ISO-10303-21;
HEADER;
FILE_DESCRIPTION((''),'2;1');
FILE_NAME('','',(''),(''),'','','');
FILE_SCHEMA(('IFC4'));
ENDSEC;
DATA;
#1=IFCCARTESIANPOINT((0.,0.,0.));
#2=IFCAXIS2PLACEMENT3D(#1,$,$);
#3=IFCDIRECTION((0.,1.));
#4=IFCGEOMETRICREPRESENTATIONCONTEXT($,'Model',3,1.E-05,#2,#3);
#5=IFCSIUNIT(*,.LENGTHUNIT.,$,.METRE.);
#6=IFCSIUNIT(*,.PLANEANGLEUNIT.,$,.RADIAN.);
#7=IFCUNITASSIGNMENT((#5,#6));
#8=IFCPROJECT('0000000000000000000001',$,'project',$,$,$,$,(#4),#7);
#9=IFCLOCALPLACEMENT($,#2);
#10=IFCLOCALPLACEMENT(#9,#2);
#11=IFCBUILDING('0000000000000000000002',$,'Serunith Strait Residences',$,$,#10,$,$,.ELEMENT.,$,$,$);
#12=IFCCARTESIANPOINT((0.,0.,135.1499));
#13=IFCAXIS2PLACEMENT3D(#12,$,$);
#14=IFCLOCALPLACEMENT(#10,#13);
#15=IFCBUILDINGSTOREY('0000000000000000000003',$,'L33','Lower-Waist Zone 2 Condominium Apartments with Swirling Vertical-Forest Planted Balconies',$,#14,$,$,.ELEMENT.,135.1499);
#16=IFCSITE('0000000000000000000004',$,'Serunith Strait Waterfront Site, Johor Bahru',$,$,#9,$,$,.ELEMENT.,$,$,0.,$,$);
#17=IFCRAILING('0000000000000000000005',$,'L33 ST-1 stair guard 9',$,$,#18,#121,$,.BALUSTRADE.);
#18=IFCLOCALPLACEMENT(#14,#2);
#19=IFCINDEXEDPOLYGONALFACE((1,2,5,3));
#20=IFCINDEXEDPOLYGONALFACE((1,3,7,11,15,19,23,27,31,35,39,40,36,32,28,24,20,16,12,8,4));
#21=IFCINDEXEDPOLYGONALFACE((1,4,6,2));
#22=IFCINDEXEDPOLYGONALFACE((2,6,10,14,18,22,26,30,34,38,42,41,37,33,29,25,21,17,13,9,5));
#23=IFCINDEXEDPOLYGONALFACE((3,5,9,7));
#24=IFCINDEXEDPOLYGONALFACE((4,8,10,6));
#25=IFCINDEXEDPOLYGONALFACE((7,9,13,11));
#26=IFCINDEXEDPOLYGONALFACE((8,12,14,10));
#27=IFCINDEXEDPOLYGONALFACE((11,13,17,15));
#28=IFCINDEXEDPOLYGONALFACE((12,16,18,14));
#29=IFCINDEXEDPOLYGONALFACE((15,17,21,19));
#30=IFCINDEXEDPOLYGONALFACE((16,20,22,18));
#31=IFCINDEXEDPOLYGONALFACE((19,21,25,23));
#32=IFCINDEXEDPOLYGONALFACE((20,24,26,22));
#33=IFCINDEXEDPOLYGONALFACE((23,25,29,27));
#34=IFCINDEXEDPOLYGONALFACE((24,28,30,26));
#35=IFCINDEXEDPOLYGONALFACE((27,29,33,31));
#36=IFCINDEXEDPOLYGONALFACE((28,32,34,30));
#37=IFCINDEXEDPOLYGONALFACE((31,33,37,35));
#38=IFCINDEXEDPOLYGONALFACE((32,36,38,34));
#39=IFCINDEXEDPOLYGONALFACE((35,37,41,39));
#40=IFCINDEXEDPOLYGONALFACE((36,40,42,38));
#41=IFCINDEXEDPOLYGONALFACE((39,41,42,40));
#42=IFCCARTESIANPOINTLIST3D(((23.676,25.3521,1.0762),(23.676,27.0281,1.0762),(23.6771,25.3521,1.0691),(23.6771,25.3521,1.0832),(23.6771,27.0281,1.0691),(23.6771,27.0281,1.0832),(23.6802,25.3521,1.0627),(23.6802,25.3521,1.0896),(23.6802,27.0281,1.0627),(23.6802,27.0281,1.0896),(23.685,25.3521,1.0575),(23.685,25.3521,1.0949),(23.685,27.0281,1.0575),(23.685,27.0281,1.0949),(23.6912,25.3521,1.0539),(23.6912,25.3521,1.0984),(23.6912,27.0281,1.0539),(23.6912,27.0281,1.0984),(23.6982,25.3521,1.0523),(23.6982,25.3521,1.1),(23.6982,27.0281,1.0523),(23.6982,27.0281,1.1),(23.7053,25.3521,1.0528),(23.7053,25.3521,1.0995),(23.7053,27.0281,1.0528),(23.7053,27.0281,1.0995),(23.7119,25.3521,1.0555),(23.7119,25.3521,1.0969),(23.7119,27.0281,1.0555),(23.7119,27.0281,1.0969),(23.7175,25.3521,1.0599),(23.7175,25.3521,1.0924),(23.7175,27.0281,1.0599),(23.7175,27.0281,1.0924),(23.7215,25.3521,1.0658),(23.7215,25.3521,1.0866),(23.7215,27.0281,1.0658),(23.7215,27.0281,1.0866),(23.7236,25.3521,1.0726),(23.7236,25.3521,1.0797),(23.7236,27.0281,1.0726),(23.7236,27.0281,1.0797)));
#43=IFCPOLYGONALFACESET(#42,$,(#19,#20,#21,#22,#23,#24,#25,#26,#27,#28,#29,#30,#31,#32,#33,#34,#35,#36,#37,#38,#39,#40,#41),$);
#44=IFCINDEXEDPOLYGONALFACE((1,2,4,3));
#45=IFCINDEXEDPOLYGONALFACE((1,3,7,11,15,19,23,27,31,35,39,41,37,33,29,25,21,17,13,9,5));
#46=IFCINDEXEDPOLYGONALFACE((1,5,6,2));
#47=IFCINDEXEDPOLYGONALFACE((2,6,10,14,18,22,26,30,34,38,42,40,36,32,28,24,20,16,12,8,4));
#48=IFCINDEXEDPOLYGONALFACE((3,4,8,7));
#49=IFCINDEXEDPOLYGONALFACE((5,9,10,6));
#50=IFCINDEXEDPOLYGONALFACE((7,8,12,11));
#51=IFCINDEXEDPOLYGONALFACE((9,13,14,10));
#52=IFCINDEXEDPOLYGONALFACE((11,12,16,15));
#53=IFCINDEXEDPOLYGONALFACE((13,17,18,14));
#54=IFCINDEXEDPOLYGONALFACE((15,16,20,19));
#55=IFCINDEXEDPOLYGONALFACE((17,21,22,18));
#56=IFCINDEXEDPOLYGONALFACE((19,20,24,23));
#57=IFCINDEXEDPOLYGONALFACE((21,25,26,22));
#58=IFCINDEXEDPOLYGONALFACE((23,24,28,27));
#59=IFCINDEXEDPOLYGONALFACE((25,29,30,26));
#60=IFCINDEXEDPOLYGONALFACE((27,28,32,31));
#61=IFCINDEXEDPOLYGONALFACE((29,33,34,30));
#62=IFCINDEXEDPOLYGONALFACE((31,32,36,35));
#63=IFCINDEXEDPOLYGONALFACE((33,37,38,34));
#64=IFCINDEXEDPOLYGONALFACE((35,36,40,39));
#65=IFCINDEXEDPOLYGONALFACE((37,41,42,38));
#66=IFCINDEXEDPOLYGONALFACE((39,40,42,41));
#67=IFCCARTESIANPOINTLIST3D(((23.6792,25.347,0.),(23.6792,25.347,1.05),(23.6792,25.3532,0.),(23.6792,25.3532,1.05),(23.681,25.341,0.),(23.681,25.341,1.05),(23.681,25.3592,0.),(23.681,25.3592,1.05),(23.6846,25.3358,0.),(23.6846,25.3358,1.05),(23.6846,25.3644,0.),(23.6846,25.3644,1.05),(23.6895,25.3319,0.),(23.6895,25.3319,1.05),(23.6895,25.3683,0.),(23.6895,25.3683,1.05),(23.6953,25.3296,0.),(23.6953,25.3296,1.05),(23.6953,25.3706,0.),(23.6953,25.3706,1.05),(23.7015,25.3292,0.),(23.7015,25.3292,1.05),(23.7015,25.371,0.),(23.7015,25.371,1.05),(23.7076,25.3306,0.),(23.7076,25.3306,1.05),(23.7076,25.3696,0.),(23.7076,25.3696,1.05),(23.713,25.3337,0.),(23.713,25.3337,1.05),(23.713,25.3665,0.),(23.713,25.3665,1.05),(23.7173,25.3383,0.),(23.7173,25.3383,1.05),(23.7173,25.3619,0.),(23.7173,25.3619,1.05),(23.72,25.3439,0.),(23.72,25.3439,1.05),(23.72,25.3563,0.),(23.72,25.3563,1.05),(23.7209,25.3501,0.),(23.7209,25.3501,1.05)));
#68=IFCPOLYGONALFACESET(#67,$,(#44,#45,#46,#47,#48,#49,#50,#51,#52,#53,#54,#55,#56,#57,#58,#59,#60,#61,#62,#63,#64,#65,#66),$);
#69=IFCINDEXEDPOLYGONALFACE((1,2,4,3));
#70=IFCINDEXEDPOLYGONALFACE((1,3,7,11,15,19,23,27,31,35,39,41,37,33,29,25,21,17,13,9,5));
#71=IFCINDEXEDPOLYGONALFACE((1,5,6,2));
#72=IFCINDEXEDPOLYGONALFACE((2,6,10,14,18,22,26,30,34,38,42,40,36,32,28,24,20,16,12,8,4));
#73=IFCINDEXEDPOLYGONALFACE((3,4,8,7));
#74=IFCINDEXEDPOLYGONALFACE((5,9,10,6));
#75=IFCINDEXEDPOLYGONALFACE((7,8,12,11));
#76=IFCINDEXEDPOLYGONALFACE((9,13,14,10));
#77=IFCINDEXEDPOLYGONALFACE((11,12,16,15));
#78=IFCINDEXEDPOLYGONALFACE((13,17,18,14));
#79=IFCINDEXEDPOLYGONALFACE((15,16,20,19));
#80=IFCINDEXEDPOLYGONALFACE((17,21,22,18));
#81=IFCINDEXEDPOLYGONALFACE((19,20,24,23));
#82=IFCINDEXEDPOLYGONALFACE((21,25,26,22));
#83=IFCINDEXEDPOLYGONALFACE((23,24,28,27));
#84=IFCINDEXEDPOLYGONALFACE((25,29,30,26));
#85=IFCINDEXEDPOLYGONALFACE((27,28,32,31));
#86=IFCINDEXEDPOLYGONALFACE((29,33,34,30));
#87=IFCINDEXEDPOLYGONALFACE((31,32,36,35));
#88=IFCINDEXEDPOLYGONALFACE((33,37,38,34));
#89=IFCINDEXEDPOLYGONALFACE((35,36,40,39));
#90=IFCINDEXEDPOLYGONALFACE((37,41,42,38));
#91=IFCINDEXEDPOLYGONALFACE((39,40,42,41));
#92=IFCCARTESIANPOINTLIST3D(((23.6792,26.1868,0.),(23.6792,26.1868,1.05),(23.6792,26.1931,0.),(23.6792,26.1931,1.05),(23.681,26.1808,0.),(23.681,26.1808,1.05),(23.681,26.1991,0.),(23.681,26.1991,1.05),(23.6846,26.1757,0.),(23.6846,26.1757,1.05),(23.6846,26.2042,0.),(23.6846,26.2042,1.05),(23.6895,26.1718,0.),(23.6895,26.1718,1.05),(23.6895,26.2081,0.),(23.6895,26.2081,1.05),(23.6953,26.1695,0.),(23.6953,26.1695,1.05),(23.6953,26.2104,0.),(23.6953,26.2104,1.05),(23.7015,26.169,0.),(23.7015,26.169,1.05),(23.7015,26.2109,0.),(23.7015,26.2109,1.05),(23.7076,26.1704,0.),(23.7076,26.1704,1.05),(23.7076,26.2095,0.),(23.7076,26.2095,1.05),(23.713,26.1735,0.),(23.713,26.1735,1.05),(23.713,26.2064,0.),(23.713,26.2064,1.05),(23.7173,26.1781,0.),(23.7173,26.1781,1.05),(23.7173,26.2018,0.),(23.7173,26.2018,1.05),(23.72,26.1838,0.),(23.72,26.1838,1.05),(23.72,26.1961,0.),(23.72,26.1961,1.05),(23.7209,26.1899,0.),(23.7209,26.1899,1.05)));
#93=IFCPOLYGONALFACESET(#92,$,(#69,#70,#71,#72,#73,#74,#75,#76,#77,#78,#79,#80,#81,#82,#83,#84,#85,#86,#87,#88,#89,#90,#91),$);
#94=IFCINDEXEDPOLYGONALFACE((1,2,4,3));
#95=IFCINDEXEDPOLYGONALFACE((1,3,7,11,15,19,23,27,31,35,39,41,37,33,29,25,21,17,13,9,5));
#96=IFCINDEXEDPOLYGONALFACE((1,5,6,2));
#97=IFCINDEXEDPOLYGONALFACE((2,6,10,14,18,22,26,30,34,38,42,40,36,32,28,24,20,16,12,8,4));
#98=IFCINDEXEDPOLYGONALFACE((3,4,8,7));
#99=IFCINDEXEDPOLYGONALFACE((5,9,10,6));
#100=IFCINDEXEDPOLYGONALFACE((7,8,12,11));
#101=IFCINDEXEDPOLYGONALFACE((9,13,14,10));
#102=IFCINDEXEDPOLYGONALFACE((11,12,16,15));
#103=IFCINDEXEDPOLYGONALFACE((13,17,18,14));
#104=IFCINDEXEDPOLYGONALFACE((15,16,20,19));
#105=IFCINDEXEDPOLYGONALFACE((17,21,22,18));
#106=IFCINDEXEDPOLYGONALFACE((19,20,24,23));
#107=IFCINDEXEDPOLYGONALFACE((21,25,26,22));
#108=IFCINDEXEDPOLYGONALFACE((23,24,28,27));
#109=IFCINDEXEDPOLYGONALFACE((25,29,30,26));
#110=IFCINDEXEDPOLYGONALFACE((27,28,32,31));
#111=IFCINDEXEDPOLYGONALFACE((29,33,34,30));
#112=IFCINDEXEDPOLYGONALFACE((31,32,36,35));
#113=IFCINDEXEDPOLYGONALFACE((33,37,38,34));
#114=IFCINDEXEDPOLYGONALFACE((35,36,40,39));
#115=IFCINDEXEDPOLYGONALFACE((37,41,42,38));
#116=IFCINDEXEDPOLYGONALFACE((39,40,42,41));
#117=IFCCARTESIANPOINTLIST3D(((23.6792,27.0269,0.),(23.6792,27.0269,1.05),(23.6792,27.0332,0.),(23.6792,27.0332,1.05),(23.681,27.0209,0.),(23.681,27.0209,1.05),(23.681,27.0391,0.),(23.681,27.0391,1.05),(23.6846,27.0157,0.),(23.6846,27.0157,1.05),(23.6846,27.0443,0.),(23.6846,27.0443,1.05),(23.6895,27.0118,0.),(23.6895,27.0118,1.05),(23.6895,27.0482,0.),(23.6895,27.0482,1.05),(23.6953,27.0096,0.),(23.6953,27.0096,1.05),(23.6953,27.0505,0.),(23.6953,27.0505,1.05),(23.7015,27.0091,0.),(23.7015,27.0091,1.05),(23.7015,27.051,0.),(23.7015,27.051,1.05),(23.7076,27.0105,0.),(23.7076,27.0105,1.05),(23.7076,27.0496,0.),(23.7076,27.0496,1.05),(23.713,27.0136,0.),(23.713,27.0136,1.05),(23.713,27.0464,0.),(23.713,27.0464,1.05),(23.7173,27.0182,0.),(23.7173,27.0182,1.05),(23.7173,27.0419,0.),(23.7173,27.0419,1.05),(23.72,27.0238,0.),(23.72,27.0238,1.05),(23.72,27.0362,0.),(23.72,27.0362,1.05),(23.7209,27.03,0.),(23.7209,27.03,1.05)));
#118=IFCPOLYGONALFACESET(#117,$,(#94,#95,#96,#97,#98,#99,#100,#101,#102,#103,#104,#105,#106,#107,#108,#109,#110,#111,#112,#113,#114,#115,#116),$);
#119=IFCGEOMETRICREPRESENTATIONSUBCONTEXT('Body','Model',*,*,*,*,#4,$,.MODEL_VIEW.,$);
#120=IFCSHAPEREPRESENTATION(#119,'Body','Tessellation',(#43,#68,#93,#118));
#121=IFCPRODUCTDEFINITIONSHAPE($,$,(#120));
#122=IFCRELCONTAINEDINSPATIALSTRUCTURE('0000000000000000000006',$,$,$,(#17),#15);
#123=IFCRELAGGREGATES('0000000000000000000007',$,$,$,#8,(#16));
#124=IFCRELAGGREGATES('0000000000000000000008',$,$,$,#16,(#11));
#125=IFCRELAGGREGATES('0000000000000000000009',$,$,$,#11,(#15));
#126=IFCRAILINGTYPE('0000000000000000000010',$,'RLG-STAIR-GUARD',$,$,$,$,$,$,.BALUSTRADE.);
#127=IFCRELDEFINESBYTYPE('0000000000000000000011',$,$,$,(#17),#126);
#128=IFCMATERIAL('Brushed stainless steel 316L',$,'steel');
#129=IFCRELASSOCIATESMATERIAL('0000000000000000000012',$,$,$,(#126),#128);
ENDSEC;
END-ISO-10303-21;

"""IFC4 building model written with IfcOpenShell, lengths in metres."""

from ifc_helpers import new_model, si_unit, direction, frame, origin, origin_2d, place, context, subcontext, project, spatial, circle, extrude, material, type_object, element, save


model = new_model("IFC4")

# Units and contexts
model_context = context("Model", 3, precision=1e-05, world=origin(), true_north=direction((0.0, 1.0)))
body_context = subcontext(model_context, "Body", "Model", "MODEL_VIEW")
ifc_project = project(units=[si_unit("LENGTHUNIT", "METRE"), si_unit("PLANEANGLEUNIT", "RADIAN")], contexts=[model_context])

# Site, building, storey
site_placement = place(None, origin())
site = spatial("IfcSite", under=ifc_project, at=site_placement, Name="Serunith Strait Waterfront Site, Johor Bahru", CompositionType="ELEMENT", RefElevation=0.0)
building_placement = place(site_placement, origin())
building = spatial("IfcBuilding", under=site, at=building_placement, Name="Serunith Strait Residences", CompositionType="ELEMENT")
storey_placement = place(building_placement, frame((0.0, 0.0, 135.1499)))
storey = spatial("IfcBuildingStorey", under=building, at=storey_placement, Name="L33", Description="Lower-Waist Zone 2 Condominium Apartments with Swirling Vertical-Forest Planted Balconies", CompositionType="ELEMENT", Elevation=135.1499)

# Railing
ifc_material_1 = material(Name="Brushed stainless steel 316L", Category="steel")
railing_type_1 = type_object("IfcRailingType", Name="RLG-STAIR-GUARD", PredefinedType="BALUSTRADE", material=ifc_material_1)
for number, where, name in (
    (1, (23.7, 25.3501, 0.0), "L33 ST-1 stair guard 9"),
):
    element("IfcRailing", number, at=place(storey_placement, frame(where)), inside=storey, type_object=railing_type_1, Name=name, PredefinedType="BALUSTRADE", context=body_context, shape_type="SweptSolid", body=[
        extrude(circle(Radius=0.0239, at=origin_2d()), frame((0.0, 0.002, 1.0762), z_axis=(0.0, 1.0, 0.0), x_axis=(-1.0, 0.0, 0.0)), (0.0, 0.0, 1.0), 1.676),
        extrude(circle(Radius=0.021, at=origin_2d()), origin(), (0.0, 0.0, 1.0), 1.05),
        extrude(circle(Radius=0.021, at=origin_2d()), frame((0.0, 0.8398, 0.0)), (0.0, 0.0, 1.0), 1.05),
        extrude(circle(Radius=0.021, at=origin_2d()), frame((0.0, 1.6799, 0.0)), (0.0, 0.0, 1.0), 1.05),
    ])

save(model, "model.ifc")
